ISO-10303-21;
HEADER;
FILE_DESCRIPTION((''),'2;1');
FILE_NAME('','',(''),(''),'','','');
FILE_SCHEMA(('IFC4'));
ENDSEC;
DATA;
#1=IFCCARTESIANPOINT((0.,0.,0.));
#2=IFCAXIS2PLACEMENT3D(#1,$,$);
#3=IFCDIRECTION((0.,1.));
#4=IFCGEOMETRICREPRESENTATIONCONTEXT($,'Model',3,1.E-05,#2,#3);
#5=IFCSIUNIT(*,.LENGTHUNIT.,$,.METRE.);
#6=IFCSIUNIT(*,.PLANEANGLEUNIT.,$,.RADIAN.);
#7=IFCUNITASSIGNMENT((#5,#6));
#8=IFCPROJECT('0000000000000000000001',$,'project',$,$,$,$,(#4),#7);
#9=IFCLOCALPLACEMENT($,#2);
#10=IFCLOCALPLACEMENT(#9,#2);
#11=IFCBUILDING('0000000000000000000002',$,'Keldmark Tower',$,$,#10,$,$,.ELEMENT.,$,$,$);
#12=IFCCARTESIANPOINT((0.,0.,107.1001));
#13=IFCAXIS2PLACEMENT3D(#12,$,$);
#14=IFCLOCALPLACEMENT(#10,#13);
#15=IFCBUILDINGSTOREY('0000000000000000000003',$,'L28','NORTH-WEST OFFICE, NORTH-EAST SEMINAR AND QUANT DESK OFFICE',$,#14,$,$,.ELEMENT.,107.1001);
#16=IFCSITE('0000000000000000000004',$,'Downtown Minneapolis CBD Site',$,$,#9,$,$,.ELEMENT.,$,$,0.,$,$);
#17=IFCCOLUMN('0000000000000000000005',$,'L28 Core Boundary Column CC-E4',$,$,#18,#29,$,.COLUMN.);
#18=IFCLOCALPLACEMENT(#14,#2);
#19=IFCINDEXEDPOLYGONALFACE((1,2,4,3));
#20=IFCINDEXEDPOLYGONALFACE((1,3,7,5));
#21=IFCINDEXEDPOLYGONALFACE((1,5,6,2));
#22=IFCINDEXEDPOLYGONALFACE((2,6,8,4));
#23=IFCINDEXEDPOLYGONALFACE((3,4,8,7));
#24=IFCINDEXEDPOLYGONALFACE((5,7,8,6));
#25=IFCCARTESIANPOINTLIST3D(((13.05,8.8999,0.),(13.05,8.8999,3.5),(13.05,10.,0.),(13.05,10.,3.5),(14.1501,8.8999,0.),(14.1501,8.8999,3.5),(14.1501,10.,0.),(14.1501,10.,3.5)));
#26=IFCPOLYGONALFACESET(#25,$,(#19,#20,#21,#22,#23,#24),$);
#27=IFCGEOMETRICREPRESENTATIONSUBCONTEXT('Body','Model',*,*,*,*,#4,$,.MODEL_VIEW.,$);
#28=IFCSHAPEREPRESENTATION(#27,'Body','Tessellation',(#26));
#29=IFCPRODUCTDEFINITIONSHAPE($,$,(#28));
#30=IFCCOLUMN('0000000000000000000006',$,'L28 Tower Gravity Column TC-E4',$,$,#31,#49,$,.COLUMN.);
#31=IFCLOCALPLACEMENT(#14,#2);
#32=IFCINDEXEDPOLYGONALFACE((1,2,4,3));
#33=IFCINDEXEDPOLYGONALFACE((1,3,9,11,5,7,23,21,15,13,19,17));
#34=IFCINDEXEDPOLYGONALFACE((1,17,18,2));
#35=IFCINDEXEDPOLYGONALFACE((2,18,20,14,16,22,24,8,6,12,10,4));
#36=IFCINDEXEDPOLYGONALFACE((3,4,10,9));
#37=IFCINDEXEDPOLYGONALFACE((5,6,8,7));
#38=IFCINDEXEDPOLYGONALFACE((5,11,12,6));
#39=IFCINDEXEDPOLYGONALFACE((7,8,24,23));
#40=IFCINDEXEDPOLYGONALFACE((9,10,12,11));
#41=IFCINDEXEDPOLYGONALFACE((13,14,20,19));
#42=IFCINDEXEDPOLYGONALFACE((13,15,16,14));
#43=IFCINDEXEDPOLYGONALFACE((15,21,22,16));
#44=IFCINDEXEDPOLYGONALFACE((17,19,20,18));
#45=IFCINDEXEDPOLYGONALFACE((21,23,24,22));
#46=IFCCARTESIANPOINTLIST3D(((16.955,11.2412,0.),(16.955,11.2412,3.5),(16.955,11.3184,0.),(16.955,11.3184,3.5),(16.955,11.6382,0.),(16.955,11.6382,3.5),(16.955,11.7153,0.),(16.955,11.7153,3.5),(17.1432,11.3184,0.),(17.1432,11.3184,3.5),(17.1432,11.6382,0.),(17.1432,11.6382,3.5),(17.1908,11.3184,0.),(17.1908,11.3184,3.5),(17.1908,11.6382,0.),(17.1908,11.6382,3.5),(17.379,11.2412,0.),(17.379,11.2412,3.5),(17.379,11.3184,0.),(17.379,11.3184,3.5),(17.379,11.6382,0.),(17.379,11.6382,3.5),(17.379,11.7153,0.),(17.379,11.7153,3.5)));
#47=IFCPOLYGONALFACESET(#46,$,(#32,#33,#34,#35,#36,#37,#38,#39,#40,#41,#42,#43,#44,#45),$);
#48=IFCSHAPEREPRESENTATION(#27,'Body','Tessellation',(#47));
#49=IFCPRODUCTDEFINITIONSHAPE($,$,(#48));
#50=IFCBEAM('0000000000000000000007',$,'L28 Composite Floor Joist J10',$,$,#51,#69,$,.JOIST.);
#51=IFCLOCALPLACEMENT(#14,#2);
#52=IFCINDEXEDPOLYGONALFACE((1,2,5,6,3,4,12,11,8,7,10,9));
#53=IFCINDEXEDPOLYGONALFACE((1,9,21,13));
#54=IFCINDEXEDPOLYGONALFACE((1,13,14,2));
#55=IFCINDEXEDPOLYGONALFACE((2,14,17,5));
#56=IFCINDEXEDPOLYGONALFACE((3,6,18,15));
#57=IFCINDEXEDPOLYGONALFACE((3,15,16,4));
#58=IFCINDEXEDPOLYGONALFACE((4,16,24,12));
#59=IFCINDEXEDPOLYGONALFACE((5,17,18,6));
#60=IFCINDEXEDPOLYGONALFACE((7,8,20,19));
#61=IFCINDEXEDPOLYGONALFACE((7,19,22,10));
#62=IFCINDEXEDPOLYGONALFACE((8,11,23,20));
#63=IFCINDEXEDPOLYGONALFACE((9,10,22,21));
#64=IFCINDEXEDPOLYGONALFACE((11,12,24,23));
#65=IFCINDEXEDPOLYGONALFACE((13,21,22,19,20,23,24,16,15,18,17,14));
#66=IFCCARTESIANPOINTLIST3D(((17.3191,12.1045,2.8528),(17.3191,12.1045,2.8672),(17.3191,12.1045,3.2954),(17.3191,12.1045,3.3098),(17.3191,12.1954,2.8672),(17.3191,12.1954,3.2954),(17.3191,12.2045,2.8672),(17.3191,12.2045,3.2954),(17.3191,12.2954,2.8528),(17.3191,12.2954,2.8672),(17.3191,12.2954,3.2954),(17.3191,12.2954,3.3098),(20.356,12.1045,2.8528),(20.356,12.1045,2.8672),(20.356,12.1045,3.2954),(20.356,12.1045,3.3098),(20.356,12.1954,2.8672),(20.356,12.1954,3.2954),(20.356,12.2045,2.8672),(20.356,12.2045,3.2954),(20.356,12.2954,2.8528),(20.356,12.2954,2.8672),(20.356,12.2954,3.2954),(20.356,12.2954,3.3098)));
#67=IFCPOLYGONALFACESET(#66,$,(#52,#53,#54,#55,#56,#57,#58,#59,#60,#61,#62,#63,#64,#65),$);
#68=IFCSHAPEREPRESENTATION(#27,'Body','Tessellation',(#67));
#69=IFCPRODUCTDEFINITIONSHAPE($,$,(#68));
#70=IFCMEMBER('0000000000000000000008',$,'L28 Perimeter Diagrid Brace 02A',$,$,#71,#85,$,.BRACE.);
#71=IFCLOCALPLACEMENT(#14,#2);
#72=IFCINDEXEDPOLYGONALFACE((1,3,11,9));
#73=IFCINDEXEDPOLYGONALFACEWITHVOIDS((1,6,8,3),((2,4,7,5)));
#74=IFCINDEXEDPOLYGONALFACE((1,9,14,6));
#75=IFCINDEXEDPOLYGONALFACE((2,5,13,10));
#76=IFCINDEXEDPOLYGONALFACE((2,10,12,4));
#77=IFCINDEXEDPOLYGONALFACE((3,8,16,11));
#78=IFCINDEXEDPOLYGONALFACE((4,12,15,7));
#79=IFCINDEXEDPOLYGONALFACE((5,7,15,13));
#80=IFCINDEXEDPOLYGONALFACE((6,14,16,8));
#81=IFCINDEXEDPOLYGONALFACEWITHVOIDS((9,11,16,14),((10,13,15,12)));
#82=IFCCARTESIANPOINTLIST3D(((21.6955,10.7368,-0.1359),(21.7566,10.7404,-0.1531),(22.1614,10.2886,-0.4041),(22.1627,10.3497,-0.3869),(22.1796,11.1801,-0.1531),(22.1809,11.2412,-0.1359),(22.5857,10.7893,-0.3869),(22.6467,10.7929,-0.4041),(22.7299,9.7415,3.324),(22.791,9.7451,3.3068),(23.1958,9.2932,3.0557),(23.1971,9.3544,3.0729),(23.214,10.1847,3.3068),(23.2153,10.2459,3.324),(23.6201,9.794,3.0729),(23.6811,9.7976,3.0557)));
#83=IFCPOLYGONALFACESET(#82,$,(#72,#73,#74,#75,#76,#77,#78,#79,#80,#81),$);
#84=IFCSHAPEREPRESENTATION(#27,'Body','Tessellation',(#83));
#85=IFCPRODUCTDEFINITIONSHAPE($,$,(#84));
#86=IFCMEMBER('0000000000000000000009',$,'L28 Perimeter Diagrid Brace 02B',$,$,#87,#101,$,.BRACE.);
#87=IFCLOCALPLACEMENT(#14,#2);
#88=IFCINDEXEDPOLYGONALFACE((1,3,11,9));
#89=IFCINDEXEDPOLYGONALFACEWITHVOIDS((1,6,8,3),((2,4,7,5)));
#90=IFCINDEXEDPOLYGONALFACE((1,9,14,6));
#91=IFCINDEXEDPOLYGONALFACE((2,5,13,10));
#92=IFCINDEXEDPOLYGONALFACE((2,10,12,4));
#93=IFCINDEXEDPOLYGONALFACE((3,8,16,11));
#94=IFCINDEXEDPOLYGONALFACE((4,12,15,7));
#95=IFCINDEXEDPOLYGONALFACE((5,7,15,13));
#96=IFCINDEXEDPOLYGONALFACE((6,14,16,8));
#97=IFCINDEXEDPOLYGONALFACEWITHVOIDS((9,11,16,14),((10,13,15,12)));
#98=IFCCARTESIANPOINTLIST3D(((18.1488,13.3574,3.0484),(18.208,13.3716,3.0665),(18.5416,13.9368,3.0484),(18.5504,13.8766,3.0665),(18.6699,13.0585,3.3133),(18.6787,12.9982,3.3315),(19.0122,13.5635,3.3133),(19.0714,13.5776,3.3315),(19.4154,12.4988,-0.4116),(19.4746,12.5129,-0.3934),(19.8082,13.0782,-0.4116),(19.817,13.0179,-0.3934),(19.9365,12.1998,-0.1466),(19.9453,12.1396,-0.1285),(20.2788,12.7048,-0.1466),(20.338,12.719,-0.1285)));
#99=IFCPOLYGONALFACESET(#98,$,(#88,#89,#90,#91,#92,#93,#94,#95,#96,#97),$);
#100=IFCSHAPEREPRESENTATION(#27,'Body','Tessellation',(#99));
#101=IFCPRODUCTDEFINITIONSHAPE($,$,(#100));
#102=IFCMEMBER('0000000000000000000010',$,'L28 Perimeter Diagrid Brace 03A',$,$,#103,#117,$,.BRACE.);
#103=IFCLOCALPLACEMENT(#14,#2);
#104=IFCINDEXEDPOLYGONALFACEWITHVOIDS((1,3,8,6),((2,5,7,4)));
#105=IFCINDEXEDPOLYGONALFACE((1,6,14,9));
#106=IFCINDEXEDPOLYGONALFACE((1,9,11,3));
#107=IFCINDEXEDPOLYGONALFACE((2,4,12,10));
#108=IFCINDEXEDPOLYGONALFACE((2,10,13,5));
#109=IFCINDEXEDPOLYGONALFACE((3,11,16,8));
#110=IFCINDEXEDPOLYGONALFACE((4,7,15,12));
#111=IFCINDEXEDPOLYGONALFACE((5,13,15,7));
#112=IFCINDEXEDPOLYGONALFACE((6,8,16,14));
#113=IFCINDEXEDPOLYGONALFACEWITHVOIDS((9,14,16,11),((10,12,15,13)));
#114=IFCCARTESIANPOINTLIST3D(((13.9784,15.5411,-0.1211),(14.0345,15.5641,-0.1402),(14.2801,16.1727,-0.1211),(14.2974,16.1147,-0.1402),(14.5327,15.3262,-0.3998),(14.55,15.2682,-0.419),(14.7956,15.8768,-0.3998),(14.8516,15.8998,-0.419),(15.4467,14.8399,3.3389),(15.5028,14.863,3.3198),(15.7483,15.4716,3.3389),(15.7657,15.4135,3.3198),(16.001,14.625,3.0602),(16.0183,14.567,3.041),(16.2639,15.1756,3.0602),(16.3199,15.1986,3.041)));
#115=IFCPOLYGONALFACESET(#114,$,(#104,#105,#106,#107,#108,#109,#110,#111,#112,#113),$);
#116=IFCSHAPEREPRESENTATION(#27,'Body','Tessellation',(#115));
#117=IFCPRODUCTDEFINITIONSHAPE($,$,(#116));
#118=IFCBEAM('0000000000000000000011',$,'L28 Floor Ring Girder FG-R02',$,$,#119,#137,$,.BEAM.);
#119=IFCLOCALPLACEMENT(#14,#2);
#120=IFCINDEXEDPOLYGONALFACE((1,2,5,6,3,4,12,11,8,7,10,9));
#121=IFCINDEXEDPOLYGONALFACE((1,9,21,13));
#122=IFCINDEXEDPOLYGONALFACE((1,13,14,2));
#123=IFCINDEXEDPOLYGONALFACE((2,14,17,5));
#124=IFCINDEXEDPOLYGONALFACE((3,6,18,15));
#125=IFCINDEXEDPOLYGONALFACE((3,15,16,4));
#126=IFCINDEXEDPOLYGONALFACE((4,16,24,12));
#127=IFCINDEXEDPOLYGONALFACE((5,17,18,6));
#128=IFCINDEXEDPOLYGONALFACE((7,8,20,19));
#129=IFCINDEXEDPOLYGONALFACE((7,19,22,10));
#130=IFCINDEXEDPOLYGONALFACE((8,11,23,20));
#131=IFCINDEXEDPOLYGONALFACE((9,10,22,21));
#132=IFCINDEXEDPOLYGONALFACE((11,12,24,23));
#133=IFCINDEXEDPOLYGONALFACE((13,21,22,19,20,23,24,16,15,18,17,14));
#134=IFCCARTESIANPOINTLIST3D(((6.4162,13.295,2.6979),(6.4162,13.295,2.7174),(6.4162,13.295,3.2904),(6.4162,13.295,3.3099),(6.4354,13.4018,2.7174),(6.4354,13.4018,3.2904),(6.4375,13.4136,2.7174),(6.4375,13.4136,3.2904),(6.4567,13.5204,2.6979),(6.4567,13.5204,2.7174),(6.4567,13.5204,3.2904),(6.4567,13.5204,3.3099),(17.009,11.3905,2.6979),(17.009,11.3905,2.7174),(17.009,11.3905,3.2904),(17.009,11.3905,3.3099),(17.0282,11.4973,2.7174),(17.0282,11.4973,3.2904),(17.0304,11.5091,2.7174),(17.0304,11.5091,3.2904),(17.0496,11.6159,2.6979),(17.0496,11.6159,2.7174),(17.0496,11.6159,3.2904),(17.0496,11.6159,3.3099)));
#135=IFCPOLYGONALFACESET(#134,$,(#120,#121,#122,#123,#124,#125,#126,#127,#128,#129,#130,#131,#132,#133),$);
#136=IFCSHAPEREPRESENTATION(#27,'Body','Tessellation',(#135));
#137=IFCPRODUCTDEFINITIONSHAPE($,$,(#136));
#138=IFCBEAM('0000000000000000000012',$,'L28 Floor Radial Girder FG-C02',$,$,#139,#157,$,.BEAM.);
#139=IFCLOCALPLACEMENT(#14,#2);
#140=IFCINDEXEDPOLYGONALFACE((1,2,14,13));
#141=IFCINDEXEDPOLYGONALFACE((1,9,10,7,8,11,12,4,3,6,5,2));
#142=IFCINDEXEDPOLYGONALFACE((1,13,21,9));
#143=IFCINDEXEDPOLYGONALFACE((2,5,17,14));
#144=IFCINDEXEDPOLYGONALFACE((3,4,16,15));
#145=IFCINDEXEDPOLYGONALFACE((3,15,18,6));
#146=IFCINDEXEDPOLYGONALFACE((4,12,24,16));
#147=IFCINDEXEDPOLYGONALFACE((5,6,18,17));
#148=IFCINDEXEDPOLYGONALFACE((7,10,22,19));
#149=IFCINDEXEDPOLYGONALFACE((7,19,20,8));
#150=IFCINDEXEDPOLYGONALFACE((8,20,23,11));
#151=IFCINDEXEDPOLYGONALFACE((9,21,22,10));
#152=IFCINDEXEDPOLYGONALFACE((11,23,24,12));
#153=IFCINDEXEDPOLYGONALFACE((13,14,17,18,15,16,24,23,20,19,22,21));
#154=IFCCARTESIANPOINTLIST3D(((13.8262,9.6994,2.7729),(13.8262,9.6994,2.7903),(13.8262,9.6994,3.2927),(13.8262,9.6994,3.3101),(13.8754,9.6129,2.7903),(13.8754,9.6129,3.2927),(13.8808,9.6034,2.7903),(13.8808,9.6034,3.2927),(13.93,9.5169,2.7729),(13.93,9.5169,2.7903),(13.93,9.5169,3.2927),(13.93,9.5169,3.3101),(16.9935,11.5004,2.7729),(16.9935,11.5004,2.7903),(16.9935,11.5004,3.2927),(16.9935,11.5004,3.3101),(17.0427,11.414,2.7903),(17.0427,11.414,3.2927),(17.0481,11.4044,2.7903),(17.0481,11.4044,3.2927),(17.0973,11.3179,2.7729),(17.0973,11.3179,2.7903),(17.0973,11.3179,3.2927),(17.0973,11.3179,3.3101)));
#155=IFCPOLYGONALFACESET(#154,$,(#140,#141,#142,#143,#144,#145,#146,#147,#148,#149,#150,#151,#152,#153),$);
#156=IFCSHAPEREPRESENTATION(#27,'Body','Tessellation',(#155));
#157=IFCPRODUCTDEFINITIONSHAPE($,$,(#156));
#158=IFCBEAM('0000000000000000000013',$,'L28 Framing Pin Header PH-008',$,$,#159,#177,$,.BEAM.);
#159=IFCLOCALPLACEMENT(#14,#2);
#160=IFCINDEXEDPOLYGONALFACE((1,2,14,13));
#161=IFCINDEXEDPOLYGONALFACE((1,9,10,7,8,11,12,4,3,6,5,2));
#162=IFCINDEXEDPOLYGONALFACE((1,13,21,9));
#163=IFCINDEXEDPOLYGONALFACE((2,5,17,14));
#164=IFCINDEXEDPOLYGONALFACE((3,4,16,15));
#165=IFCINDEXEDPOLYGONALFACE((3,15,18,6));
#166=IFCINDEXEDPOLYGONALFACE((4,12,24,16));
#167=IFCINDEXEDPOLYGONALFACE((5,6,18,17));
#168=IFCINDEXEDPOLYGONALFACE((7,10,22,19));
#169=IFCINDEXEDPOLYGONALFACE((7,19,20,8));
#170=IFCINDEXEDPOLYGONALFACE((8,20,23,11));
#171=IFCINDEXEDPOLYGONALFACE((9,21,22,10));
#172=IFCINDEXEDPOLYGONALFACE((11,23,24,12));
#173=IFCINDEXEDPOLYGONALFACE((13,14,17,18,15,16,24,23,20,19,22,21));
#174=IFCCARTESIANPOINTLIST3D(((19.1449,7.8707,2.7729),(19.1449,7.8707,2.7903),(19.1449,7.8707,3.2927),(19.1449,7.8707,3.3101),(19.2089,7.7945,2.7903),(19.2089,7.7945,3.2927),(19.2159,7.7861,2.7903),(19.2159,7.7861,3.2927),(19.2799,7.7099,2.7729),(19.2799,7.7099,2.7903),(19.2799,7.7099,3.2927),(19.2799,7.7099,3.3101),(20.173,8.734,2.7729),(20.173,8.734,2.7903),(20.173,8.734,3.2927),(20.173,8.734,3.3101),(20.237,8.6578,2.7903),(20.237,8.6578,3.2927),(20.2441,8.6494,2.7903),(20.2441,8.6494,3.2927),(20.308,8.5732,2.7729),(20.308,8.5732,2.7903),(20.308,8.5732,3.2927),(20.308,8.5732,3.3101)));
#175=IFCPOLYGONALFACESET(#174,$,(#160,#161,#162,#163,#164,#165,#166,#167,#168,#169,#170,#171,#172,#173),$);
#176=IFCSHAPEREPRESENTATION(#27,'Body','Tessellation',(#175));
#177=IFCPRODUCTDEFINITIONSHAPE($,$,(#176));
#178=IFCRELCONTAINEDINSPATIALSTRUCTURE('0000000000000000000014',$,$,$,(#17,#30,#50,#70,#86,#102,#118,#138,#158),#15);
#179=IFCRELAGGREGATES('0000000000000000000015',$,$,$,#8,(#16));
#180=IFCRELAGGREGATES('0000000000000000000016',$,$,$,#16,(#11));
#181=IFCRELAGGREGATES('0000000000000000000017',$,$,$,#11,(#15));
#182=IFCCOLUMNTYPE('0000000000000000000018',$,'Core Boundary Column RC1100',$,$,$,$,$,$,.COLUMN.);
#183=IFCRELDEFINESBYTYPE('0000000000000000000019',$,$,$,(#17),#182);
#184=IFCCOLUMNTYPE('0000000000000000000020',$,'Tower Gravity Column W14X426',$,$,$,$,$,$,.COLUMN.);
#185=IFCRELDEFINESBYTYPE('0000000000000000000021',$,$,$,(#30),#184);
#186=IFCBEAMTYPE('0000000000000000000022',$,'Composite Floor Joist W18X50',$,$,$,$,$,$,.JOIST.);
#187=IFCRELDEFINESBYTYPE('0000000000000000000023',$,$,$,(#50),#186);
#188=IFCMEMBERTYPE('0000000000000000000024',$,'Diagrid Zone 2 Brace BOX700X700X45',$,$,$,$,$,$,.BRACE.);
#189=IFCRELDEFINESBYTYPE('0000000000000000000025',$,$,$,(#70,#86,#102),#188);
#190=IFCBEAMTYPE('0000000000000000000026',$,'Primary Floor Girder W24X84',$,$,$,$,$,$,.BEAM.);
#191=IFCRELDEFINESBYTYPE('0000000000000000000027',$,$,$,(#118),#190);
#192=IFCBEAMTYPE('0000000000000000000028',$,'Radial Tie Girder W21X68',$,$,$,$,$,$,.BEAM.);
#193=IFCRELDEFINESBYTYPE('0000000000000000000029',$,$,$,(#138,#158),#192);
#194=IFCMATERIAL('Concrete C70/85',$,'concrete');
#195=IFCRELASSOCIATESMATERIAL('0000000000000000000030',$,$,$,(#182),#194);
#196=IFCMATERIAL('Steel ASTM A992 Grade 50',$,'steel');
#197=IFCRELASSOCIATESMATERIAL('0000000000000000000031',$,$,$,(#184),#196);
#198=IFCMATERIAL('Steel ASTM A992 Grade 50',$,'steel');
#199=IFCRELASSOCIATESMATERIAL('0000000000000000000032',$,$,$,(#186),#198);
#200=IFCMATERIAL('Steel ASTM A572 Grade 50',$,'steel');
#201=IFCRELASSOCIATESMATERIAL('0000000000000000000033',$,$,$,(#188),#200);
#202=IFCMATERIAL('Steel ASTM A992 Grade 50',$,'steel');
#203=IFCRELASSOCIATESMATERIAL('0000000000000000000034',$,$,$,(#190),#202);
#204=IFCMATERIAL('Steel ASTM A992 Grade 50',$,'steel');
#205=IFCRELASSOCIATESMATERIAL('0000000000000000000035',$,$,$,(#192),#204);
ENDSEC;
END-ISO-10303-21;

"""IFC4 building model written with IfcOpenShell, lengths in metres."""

from ifc_helpers import new_model, si_unit, direction, frame, origin, origin_2d, place, context, subcontext, project, spatial, rectangle, hollow_rectangle, i_section, extrude, material, material_profile, profile_set, type_object, element, save


model = new_model("IFC4")

# Units and contexts
model_context = context("Model", 3, precision=1e-05, world=origin(), true_north=direction((0.0, 1.0)))
body_context = subcontext(model_context, "Body", "Model", "MODEL_VIEW")
ifc_project = project(units=[si_unit("LENGTHUNIT", "METRE"), si_unit("PLANEANGLEUNIT", "RADIAN")], contexts=[model_context])

# Site, building, storey
site_placement = place(None, origin())
site = spatial("IfcSite", under=ifc_project, at=site_placement, Name="Downtown Minneapolis CBD Site", CompositionType="ELEMENT", RefElevation=0.0)
building_placement = place(site_placement, origin())
building = spatial("IfcBuilding", under=site, at=building_placement, Name="Keldmark Tower", CompositionType="ELEMENT")
storey_placement = place(building_placement, frame((0.0, 0.0, 107.1001)))
storey = spatial("IfcBuildingStorey", under=building, at=storey_placement, Name="L28", Description="NORTH-WEST OFFICE, NORTH-EAST SEMINAR AND QUANT DESK OFFICE", CompositionType="ELEMENT", Elevation=107.1001)

# Columns
ifc_material_1 = material(Name="Concrete C70/85", Category="concrete")
ifc_material_profile_1 = material_profile(ifc_material_1, rectangle(XDim=1.1001, YDim=1.1001, at=origin_2d()), Name="RC1100X1100")
ifc_profile_set_1 = profile_set([ifc_material_profile_1], Name="Concrete C70/85")
column_type_1 = type_object("IfcColumnType", Name="Core Boundary Column RC1100", PredefinedType="COLUMN", material=ifc_profile_set_1)
column_1_placement = place(storey_placement, frame((13.6001, 9.45, 0.0), z_axis=(0.0, 0.0, 1.0), x_axis=(1.0, 0.0, 0.0)))
element("IfcColumn", 1, at=column_1_placement, inside=storey, type_object=column_type_1, Name="L28 Core Boundary Column CC-E4", PredefinedType="COLUMN", context=body_context, shape_type="SweptSolid", body=[
    extrude(rectangle(XDim=1.1001, YDim=1.1001, at=origin_2d()), origin(), (0.0, 0.0, 1.0), 3.5),
])
ifc_material_2 = material(Name="Steel ASTM A992 Grade 50", Category="steel")
ifc_material_profile_2 = material_profile(ifc_material_2, i_section(OverallWidth=0.4241, OverallDepth=0.4741, WebThickness=0.0476, FlangeThickness=0.0771, at=origin_2d()), Name="W14X426")
ifc_profile_set_2 = profile_set([ifc_material_profile_2], Name="Steel ASTM A992 Grade 50")
column_type_2 = type_object("IfcColumnType", Name="Tower Gravity Column W14X426", PredefinedType="COLUMN", material=ifc_profile_set_2)
column_2_placement = place(storey_placement, frame((17.167, 11.4783, 0.0), z_axis=(0.0, 0.0, 1.0), x_axis=(1.0, 0.0, 0.0)))
element("IfcColumn", 2, at=column_2_placement, inside=storey, type_object=column_type_2, Name="L28 Tower Gravity Column TC-E4", PredefinedType="COLUMN", context=body_context, shape_type="SweptSolid", body=[
    extrude(i_section(OverallWidth=0.4241, OverallDepth=0.4741, WebThickness=0.0476, FlangeThickness=0.0771, at=origin_2d()), origin(), (0.0, 0.0, 1.0), 3.5),
])

# Beam
ifc_material_3 = material(Name="Steel ASTM A992 Grade 50", Category="steel")
ifc_material_profile_3 = material_profile(ifc_material_3, i_section(OverallWidth=0.1909, OverallDepth=0.457, WebThickness=0.009, FlangeThickness=0.0144, at=origin_2d()), Name="W18X50")
ifc_profile_set_3 = profile_set([ifc_material_profile_3], Name="Steel ASTM A992 Grade 50")
beam_type_1 = type_object("IfcBeamType", Name="Composite Floor Joist W18X50", PredefinedType="JOIST", material=ifc_profile_set_3)
beam_1_placement = place(storey_placement, frame((17.3191, 12.2, 3.0813), z_axis=(1.0, 0.0, 0.0), x_axis=(0.0, 1.0, 0.0)))
element("IfcBeam", 3, at=beam_1_placement, inside=storey, type_object=beam_type_1, Name="L28 Composite Floor Joist J10", PredefinedType="JOIST", context=body_context, shape_type="SweptSolid", body=[
    extrude(i_section(OverallWidth=0.1909, OverallDepth=0.457, WebThickness=0.009, FlangeThickness=0.0144, at=origin_2d()), origin(), (0.0, 0.0, 1.0), 3.0369),
])

# Members
ifc_material_4 = material(Name="Steel ASTM A572 Grade 50", Category="steel")
ifc_material_profile_4 = material_profile(ifc_material_4, hollow_rectangle(XDim=0.7, YDim=0.7, WallThickness=0.0449, at=origin_2d()), Name="BOX700X700X45")
ifc_profile_set_4 = profile_set([ifc_material_profile_4], Name="Steel ASTM A572 Grade 50")
member_type = type_object("IfcMemberType", Name="Diagrid Zone 2 Brace BOX700X700X45", PredefinedType="BRACE", material=ifc_profile_set_4)
member_1_placement = place(storey_placement, frame((22.1711, 10.7649, -0.27), z_axis=(0.276145, -0.265717, 0.923655), x_axis=(0.69337, 0.720581, 0.0)))
element("IfcMember", 4, at=member_1_placement, inside=storey, type_object=member_type, Name="L28 Perimeter Diagrid Brace 02A", PredefinedType="BRACE", context=body_context, shape_type="SweptSolid", body=[
    extrude(hollow_rectangle(XDim=0.7, YDim=0.7, WallThickness=0.0449, at=origin_2d()), origin(), (0.0, 0.0, 1.0), 3.7458),
])
member_2_placement = place(storey_placement, frame((19.8767, 12.6089, -0.27), z_axis=(-0.334793, 0.22696, 0.914551), x_axis=(-0.561127, -0.82773, 0.0)))
element("IfcMember", 5, at=member_2_placement, inside=storey, type_object=member_type, Name="L28 Perimeter Diagrid Brace 02B", PredefinedType="BRACE", context=body_context, shape_type="SweptSolid", body=[
    extrude(hollow_rectangle(XDim=0.7, YDim=0.7, WallThickness=0.0449, at=origin_2d()), origin(), (0.0, 0.0, 1.0), 3.7832),
])
member_3_placement = place(storey_placement, frame((14.415, 15.7205, -0.27), z_axis=(0.384015, -0.183387, 0.904932), x_axis=(0.430935, 0.902383, 0.0)))
element("IfcMember", 6, at=member_3_placement, inside=storey, type_object=member_type, Name="L28 Perimeter Diagrid Brace 03A", PredefinedType="BRACE", context=body_context, shape_type="SweptSolid", body=[
    extrude(hollow_rectangle(XDim=0.7, YDim=0.7, WallThickness=0.0449, at=origin_2d()), origin(), (0.0, 0.0, 1.0), 3.8235),
])

# Beams
ifc_material_5 = material(Name="Steel ASTM A992 Grade 50", Category="steel")
ifc_material_profile_5 = material_profile(ifc_material_5, i_section(OverallWidth=0.229, OverallDepth=0.6121, WebThickness=0.012, FlangeThickness=0.0195, at=origin_2d()), Name="W24X84")
ifc_profile_set_5 = profile_set([ifc_material_profile_5], Name="Steel ASTM A992 Grade 50")
beam_type_2 = type_object("IfcBeamType", Name="Primary Floor Girder W24X84", PredefinedType="BEAM", material=ifc_profile_set_5)
beam_2_placement = place(storey_placement, frame((17.0293, 11.5032, 3.0039), z_axis=(-0.984218, 0.176959, 0.0), x_axis=(-0.176959, -0.984218, 0.0)))
element("IfcBeam", 7, at=beam_2_placement, inside=storey, type_object=beam_type_2, Name="L28 Floor Ring Girder FG-R02", PredefinedType="BEAM", context=body_context, shape_type="SweptSolid", body=[
    extrude(i_section(OverallWidth=0.229, OverallDepth=0.6121, WebThickness=0.012, FlangeThickness=0.0195, at=origin_2d()), origin(), (0.0, 0.0, 1.0), 10.7627),
])
ifc_material_6 = material(Name="Steel ASTM A992 Grade 50", Category="steel")
ifc_material_profile_6 = material_profile(ifc_material_6, i_section(OverallWidth=0.21, OverallDepth=0.5371, WebThickness=0.011, FlangeThickness=0.0173, at=origin_2d()), Name="W21X68")
ifc_profile_set_6 = profile_set([ifc_material_profile_6], Name="Steel ASTM A992 Grade 50")
beam_type_3 = type_object("IfcBeamType", Name="Radial Tie Girder W21X68", PredefinedType="BEAM", material=ifc_profile_set_6)
beam_3_placement = place(storey_placement, frame((17.0454, 11.4092, 3.0415), z_axis=(-0.869284, -0.494312, 0.0), x_axis=(0.494312, -0.869284, 0.0)))
element("IfcBeam", 8, at=beam_3_placement, inside=storey, type_object=beam_type_3, Name="L28 Floor Radial Girder FG-C02", PredefinedType="BEAM", context=body_context, shape_type="SweptSolid", body=[
    extrude(i_section(OverallWidth=0.21, OverallDepth=0.5371, WebThickness=0.011, FlangeThickness=0.0173, at=origin_2d()), origin(), (0.0, 0.0, 1.0), 3.6436),
])
beam_4_placement = place(storey_placement, frame((19.2124, 7.7903, 3.0415), z_axis=(0.765816, 0.64306, 0.0), x_axis=(-0.64306, 0.765816, 0.0)))
element("IfcBeam", 9, at=beam_4_placement, inside=storey, type_object=beam_type_3, Name="L28 Framing Pin Header PH-008", PredefinedType="BEAM", context=body_context, shape_type="SweptSolid", body=[
    extrude(i_section(OverallWidth=0.21, OverallDepth=0.5371, WebThickness=0.011, FlangeThickness=0.0173, at=origin_2d()), origin(), (0.0, 0.0, 1.0), 1.3425),
])

save(model, "model.ifc")
